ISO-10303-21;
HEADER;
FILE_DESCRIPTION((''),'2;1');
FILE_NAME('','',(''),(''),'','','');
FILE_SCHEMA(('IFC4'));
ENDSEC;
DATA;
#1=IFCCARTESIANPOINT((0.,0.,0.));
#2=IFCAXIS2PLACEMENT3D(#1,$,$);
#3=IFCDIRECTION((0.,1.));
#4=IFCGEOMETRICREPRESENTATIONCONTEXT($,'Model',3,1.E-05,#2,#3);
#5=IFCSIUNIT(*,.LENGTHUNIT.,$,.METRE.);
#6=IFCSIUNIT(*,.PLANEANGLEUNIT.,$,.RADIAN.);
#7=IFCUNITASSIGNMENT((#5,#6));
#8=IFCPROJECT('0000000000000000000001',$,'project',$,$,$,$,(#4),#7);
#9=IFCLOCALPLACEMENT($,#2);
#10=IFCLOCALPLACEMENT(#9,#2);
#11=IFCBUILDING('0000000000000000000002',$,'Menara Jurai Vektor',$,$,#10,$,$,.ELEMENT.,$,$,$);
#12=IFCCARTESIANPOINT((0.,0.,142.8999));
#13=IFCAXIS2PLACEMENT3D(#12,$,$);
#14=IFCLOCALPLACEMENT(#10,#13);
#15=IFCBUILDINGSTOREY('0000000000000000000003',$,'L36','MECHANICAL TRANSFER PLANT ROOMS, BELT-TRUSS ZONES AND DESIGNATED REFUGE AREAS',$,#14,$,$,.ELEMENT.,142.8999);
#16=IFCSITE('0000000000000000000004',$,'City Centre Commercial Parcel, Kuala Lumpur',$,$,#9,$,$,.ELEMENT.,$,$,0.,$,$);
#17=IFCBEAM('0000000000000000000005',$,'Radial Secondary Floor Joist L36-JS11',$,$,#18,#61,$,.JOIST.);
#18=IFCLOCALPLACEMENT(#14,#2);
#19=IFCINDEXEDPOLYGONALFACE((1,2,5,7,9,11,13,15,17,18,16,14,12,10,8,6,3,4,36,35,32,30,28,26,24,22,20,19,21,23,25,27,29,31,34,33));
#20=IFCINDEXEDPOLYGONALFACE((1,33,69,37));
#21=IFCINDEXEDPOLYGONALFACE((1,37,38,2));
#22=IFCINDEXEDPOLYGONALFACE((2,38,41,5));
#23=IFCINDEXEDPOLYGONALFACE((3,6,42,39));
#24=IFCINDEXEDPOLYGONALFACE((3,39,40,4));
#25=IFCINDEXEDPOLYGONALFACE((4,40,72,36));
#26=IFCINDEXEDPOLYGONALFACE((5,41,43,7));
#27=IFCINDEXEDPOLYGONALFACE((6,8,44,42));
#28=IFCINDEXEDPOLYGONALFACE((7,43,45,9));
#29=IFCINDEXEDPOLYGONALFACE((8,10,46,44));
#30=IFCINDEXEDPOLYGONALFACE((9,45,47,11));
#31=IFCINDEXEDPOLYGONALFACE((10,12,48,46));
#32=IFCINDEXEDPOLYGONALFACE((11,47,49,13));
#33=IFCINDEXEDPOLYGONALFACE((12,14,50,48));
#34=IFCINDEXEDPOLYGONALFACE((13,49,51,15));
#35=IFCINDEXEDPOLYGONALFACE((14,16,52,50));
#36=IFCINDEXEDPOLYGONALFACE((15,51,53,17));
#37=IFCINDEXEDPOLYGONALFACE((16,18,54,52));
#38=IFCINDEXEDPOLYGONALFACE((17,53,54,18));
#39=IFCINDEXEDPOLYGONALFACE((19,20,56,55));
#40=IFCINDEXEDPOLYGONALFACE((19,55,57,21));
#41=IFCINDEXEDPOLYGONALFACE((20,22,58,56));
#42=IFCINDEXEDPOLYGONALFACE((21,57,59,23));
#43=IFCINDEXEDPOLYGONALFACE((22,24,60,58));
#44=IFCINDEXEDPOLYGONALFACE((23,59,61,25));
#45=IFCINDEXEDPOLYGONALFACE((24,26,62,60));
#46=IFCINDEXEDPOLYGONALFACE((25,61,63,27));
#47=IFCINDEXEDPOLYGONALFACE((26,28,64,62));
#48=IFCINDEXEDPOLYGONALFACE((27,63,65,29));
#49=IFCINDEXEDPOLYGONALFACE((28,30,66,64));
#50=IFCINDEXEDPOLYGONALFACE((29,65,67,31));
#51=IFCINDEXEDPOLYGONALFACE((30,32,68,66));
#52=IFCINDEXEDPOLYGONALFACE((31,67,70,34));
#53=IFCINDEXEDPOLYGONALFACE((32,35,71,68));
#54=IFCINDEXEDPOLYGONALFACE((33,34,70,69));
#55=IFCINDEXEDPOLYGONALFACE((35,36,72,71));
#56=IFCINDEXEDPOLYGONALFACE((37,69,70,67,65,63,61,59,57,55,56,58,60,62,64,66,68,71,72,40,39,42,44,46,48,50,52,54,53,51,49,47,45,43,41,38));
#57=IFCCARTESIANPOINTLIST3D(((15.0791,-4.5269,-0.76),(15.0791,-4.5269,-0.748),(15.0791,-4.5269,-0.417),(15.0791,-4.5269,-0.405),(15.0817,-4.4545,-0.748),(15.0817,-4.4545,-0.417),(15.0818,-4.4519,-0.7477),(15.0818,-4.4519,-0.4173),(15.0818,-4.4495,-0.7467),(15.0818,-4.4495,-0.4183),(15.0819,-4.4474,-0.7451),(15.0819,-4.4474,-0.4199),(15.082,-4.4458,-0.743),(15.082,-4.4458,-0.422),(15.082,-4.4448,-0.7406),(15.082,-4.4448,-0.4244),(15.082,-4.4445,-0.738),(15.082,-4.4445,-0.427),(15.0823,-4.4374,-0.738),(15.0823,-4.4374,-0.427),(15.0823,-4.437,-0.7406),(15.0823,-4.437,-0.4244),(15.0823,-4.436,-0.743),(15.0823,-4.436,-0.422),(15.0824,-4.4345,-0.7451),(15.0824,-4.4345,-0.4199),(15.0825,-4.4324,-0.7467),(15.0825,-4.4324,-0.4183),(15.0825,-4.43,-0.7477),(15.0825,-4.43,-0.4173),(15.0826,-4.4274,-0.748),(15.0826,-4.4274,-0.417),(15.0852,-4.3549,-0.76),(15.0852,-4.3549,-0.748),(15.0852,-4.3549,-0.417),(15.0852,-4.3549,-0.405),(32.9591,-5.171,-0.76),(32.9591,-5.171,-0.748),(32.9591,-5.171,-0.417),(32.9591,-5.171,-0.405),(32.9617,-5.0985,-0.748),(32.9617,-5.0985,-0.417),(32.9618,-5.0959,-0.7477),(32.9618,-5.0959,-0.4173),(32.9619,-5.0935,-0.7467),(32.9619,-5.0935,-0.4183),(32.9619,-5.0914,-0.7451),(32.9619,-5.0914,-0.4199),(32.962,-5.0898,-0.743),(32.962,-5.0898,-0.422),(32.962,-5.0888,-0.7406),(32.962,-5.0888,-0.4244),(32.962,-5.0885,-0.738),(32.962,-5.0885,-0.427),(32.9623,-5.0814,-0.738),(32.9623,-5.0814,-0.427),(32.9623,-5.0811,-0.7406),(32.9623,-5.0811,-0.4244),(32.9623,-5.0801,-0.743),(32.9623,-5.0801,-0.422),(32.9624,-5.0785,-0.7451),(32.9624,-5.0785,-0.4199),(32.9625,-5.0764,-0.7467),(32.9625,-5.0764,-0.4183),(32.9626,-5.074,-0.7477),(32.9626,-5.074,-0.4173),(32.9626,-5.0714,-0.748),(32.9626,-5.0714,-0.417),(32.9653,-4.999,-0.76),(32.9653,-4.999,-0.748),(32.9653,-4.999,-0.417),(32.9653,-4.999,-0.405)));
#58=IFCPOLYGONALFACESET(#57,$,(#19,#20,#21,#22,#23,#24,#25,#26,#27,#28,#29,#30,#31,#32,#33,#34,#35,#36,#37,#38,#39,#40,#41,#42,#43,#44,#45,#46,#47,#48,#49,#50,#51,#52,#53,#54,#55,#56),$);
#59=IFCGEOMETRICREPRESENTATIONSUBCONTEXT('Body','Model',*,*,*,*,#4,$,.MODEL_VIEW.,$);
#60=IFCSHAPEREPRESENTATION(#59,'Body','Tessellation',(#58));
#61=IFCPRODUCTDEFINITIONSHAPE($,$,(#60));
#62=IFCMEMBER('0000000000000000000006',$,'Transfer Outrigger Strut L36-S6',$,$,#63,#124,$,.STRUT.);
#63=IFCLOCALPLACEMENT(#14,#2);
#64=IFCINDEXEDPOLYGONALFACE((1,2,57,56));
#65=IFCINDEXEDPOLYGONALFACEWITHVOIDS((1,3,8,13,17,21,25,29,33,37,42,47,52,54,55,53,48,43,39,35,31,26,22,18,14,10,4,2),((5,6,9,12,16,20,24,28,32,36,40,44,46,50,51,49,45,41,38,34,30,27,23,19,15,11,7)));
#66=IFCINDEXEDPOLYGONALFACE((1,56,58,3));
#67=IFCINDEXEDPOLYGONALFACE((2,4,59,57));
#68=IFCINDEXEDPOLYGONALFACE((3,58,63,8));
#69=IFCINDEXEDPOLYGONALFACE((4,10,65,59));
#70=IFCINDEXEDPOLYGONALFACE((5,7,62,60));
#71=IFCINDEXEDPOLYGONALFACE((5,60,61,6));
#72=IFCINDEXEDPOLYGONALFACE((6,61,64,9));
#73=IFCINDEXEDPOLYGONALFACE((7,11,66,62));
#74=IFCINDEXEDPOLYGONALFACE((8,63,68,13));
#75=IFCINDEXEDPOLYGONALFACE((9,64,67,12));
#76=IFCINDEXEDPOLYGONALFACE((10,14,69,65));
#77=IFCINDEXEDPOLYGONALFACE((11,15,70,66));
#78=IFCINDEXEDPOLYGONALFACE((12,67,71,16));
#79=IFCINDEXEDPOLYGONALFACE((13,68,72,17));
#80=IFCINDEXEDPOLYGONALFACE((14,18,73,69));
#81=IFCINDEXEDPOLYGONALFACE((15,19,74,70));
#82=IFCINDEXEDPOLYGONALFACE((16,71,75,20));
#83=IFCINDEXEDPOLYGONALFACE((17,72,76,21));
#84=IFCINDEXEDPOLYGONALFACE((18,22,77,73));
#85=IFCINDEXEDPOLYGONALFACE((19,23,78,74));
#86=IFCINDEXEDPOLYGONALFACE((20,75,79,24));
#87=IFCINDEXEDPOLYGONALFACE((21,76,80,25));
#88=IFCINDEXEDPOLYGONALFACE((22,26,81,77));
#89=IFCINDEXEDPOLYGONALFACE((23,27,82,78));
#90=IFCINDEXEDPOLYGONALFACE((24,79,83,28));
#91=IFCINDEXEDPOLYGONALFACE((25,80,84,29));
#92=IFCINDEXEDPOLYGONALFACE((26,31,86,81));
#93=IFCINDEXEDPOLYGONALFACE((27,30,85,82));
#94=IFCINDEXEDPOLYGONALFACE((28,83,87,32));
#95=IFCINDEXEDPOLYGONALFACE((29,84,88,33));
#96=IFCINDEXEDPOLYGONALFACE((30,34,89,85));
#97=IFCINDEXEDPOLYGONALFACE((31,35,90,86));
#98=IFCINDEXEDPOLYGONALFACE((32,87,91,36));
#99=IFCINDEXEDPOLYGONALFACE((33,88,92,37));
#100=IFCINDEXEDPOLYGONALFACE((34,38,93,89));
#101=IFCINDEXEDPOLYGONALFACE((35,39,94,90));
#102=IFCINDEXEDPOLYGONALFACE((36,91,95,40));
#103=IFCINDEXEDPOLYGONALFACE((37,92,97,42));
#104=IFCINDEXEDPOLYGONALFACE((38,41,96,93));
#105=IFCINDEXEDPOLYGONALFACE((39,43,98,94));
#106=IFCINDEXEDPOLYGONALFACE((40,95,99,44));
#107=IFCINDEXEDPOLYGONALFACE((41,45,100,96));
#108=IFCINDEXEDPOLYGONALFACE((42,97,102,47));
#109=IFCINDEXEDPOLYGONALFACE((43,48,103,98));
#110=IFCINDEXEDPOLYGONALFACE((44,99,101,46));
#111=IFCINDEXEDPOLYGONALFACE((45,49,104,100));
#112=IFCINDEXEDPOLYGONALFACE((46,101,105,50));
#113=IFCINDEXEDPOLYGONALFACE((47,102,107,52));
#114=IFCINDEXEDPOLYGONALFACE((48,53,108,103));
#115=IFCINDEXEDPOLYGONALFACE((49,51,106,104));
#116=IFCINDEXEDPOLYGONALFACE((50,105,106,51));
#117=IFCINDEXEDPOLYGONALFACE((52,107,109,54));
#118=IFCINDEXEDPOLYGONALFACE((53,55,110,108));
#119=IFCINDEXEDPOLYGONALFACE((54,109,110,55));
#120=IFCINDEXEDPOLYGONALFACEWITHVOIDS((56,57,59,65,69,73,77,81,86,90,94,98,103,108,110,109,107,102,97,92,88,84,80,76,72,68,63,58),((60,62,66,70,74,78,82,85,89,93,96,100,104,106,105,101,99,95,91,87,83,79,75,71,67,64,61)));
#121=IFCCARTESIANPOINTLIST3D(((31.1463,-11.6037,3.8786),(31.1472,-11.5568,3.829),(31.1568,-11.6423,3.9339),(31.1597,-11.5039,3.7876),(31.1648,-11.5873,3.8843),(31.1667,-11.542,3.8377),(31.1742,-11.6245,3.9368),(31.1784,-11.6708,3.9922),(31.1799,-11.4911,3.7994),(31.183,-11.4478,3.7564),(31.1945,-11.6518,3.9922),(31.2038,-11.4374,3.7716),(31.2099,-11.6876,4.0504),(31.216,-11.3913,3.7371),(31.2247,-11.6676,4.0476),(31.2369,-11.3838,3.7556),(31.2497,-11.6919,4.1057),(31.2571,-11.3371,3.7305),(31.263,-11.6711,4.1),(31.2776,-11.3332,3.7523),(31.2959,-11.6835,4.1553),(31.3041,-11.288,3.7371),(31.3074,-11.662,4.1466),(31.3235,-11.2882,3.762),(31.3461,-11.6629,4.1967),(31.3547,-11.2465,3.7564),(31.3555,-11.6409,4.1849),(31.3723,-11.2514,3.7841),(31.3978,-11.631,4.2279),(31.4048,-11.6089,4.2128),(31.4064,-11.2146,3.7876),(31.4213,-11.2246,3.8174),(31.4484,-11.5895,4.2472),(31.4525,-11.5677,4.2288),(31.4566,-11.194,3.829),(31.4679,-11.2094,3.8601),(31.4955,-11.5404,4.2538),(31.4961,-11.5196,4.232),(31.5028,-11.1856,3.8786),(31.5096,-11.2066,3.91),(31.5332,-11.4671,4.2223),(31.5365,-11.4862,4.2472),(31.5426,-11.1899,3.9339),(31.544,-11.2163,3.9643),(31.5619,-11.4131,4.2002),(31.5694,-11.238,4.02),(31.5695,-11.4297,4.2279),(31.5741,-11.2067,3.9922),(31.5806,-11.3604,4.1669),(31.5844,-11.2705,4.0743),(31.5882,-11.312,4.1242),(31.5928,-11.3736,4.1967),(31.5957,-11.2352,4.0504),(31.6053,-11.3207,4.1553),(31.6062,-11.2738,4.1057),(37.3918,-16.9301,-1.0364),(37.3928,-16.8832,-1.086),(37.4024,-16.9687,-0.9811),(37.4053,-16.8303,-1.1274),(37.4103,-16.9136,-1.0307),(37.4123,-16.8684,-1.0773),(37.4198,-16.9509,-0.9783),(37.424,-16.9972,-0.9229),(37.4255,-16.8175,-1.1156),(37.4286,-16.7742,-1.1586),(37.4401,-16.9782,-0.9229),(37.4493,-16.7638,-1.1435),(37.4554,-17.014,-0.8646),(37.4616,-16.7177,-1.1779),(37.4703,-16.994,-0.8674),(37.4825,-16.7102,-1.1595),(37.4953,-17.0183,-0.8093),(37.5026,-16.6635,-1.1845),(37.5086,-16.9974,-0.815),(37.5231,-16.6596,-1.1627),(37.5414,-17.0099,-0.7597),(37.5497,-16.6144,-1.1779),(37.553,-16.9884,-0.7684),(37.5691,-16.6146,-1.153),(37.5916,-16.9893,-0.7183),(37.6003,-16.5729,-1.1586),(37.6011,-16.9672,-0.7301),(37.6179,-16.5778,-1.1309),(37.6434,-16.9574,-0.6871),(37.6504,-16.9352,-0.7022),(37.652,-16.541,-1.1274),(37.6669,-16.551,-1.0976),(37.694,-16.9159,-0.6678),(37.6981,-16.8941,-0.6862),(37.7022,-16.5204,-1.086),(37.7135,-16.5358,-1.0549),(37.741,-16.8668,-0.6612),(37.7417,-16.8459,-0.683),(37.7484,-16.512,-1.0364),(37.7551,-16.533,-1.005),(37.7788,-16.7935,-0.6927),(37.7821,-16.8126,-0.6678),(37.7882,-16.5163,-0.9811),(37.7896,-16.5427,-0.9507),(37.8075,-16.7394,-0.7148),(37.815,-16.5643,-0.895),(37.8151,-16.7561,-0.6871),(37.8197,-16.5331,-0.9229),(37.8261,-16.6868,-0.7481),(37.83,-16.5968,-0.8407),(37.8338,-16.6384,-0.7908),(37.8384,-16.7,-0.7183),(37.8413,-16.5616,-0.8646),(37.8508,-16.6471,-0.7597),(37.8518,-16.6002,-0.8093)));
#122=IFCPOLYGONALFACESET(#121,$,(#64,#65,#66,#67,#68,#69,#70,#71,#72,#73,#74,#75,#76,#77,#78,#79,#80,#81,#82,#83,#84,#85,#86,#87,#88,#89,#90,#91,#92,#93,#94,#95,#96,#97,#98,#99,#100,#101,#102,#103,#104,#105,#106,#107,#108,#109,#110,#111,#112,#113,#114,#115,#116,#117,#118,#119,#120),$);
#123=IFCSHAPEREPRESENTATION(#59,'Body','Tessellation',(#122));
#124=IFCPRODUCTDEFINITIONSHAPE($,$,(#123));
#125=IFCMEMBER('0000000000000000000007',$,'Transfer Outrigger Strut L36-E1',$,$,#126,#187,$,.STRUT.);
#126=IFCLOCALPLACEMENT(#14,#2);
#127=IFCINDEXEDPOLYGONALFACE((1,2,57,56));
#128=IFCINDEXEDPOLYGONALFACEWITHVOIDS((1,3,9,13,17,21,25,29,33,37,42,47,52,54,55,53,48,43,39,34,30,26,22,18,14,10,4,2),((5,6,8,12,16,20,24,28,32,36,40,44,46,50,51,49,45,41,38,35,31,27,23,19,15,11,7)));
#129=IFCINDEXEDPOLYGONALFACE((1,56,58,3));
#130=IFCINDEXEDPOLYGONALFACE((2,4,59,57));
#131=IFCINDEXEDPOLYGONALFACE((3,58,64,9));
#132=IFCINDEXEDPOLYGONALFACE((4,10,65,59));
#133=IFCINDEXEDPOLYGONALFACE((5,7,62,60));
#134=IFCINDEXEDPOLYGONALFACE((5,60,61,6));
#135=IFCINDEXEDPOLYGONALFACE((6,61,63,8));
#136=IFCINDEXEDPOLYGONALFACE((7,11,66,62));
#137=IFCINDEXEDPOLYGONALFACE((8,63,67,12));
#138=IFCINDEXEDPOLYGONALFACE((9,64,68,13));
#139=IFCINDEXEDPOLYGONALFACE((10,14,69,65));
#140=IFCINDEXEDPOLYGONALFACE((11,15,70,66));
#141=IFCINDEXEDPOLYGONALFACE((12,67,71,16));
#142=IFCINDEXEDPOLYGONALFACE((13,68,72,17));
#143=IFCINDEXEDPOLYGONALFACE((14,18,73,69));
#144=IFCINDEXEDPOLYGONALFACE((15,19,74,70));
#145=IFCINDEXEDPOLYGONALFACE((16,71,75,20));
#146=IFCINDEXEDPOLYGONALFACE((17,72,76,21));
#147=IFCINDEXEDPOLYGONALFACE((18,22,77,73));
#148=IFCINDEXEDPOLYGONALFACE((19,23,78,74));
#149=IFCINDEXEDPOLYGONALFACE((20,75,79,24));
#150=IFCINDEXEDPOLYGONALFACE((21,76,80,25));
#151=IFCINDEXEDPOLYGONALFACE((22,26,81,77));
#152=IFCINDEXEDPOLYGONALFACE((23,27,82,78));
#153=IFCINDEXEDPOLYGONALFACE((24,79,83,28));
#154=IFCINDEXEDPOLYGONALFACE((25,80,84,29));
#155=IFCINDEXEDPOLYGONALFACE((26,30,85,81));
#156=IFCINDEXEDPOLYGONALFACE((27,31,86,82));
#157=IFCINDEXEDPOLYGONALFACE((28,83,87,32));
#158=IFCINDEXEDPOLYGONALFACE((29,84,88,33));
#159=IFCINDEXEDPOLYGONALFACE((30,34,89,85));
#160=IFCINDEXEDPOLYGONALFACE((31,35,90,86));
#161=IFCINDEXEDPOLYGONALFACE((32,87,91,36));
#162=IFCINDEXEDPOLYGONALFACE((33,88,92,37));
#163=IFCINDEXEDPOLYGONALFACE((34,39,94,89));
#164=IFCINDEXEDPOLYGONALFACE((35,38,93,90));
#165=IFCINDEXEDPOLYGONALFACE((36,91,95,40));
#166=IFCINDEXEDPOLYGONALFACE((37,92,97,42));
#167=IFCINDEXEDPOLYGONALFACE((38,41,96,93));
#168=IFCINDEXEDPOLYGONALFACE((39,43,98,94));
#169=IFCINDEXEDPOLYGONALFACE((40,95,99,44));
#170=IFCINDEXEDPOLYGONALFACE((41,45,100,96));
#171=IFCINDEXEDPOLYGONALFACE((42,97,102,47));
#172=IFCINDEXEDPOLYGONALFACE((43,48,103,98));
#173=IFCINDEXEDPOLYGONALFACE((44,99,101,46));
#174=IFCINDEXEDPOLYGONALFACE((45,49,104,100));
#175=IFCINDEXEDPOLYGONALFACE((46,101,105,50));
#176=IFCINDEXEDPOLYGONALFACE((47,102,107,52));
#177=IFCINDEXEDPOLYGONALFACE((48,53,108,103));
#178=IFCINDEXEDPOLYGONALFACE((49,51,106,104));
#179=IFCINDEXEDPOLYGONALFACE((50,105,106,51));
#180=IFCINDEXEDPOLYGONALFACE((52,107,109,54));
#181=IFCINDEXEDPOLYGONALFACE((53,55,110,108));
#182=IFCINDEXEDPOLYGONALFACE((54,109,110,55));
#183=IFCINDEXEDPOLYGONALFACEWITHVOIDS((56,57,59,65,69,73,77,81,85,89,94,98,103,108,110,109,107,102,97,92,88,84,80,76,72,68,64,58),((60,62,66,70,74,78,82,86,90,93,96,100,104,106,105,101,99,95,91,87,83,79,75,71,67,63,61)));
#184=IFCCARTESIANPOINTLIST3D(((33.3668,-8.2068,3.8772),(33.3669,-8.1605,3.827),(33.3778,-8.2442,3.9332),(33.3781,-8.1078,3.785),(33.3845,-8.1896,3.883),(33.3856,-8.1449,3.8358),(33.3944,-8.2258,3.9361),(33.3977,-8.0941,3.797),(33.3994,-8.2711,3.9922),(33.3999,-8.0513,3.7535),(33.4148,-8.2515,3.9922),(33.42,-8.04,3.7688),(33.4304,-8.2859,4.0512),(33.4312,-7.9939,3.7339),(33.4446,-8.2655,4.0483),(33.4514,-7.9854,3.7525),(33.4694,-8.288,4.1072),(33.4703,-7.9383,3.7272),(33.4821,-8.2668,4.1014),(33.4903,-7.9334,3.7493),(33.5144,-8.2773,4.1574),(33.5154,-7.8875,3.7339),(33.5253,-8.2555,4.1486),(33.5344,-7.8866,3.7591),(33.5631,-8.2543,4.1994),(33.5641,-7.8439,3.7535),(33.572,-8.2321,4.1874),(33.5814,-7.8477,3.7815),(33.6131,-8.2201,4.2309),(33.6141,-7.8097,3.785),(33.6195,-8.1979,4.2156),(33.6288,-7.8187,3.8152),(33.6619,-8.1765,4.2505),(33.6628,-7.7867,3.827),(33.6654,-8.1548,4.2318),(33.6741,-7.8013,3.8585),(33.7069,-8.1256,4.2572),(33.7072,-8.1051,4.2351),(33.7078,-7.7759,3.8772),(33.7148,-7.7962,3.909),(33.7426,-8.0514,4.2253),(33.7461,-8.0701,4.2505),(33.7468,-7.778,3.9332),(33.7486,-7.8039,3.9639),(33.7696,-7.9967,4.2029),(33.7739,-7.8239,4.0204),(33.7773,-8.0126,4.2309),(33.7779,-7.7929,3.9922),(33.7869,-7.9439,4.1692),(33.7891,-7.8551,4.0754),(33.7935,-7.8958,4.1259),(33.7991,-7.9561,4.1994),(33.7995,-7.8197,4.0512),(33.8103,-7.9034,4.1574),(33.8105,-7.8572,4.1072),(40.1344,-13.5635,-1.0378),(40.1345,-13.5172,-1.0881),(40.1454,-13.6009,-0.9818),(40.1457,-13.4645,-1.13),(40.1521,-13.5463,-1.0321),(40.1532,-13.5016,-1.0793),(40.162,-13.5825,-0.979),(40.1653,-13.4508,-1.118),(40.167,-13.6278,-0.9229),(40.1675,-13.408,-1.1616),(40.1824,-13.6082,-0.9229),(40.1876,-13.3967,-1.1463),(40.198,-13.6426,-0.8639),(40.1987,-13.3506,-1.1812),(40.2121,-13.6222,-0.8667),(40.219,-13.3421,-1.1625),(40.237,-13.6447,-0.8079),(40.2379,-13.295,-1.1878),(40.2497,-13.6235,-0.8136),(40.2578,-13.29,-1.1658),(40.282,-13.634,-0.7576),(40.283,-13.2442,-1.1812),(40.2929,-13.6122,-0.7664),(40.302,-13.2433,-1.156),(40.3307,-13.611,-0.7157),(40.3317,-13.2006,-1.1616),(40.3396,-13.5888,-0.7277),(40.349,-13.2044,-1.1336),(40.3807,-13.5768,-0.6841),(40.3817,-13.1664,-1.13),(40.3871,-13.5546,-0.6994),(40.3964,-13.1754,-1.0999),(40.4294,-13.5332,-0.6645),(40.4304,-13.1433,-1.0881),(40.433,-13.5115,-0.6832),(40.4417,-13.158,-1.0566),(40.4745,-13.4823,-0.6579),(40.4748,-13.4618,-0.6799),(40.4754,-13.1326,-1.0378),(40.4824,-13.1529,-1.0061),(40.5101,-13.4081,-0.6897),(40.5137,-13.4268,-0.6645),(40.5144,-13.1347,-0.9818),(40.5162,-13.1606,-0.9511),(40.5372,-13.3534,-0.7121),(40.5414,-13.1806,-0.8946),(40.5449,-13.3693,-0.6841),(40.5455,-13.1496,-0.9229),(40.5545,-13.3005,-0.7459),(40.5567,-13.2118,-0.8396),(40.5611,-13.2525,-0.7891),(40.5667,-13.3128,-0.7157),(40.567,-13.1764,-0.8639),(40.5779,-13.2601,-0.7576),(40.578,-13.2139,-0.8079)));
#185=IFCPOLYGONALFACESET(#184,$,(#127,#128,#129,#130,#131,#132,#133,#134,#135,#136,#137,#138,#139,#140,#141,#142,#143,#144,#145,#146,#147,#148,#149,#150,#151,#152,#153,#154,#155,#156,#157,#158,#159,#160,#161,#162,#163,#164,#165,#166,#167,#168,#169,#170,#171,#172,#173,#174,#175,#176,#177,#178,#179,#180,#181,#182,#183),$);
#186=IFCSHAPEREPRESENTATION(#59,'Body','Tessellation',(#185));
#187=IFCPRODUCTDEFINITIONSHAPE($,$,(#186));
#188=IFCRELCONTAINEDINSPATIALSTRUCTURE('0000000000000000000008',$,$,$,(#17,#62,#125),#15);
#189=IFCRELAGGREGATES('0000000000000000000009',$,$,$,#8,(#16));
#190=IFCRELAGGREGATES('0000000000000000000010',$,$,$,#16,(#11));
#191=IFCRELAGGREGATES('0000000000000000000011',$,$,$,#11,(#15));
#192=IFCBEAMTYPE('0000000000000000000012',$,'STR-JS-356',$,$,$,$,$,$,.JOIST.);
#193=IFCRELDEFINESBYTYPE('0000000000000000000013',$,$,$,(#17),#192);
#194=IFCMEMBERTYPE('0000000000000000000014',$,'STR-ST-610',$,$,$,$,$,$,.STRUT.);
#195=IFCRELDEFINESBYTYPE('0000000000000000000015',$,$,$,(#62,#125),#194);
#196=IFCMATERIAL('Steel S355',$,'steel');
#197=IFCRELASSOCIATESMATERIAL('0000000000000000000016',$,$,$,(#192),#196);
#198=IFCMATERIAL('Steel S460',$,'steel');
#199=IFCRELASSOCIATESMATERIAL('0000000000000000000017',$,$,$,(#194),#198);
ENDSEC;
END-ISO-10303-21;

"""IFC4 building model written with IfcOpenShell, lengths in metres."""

from ifc_helpers import new_model, si_unit, direction, frame, origin, origin_2d, place, context, subcontext, project, spatial, hollow_circle, i_section, extrude, material, material_profile, profile_set, type_object, element, save


model = new_model("IFC4")

# Units and contexts
model_context = context("Model", 3, precision=1e-05, world=origin(), true_north=direction((0.0, 1.0)))
body_context = subcontext(model_context, "Body", "Model", "MODEL_VIEW")
ifc_project = project(units=[si_unit("LENGTHUNIT", "METRE"), si_unit("PLANEANGLEUNIT", "RADIAN")], contexts=[model_context])

# Site, building, storey
site_placement = place(None, origin())
site = spatial("IfcSite", under=ifc_project, at=site_placement, Name="City Centre Commercial Parcel, Kuala Lumpur", CompositionType="ELEMENT", RefElevation=0.0)
building_placement = place(site_placement, origin())
building = spatial("IfcBuilding", under=site, at=building_placement, Name="Menara Jurai Vektor", CompositionType="ELEMENT")
storey_placement = place(building_placement, frame((0.0, 0.0, 142.8999)))
storey = spatial("IfcBuildingStorey", under=building, at=storey_placement, Name="L36", Description="MECHANICAL TRANSFER PLANT ROOMS, BELT-TRUSS ZONES AND DESIGNATED REFUGE AREAS", CompositionType="ELEMENT", Elevation=142.8999)

# Shared definitions
ifc_material_1 = material(Name="Steel S460", Category="steel")

# Shared definitions
ifc_material_2 = material(Name="Steel S355", Category="steel")

# Beam
ifc_material_profile_1 = material_profile(ifc_material_2, i_section(OverallWidth=0.1721, OverallDepth=0.355, WebThickness=0.0071, FlangeThickness=0.012, FilletRadius=0.01, at=origin_2d()), Name="UKB 356x171x51")
ifc_profile_set_1 = profile_set([ifc_material_profile_1], Name="Steel S355")
beam_type_1 = type_object("IfcBeamType", Name="STR-JS-356", PredefinedType="JOIST", material=ifc_profile_set_1)
beam_1_placement = place(storey_placement, frame((32.9622, -5.085, -0.5825), z_axis=(-0.999352, 0.035997, 0.0), x_axis=(-0.035997, -0.999352, 0.0)))
element("IfcBeam", 1, at=beam_1_placement, inside=storey, type_object=beam_type_1, Name="Radial Secondary Floor Joist L36-JS11", PredefinedType="JOIST", context=body_context, shape_type="SweptSolid", body=[
    extrude(i_section(OverallWidth=0.1721, OverallDepth=0.355, WebThickness=0.0071, FlangeThickness=0.012, FilletRadius=0.01, at=origin_2d()), origin(), (0.0, 0.0, 1.0), 17.8916),
])

# Members
ifc_material_profile_2 = material_profile(ifc_material_1, hollow_circle(Radius=0.3049, WallThickness=0.0249, at=origin_2d()), Name="CHS 610x25")
ifc_profile_set_2 = profile_set([ifc_material_profile_2], Name="Steel S460")
member_type_1 = type_object("IfcMemberType", Name="STR-ST-610", PredefinedType="STRUT", material=ifc_profile_set_2)
member_1_placement = place(storey_placement, frame((37.6218, -16.7651, -0.9229), z_axis=(-0.652798, 0.556723, 0.513726), x_axis=(-0.648896, -0.760877, 0.0)))
element("IfcMember", 2, at=member_1_placement, inside=storey, type_object=member_type_1, Name="Transfer Outrigger Strut L36-S6", PredefinedType="STRUT", context=body_context, shape_type="SweptSolid", body=[
    extrude(hollow_circle(Radius=0.3049, WallThickness=0.0249, at=origin_2d()), origin(), (0.0, 0.0, 1.0), 9.5674),
])
member_2_placement = place(storey_placement, frame((40.3562, -13.3887, -0.9229), z_axis=(-0.681366, 0.539317, 0.494851), x_axis=(-0.620633, -0.784101, 0.0)))
element("IfcMember", 3, at=member_2_placement, inside=storey, type_object=member_type_1, Name="Transfer Outrigger Strut L36-E1", PredefinedType="STRUT", context=body_context, shape_type="SweptSolid", body=[
    extrude(hollow_circle(Radius=0.3049, WallThickness=0.0249, at=origin_2d()), origin(), (0.0, 0.0, 1.0), 9.9324),
])

save(model, "model.ifc")
